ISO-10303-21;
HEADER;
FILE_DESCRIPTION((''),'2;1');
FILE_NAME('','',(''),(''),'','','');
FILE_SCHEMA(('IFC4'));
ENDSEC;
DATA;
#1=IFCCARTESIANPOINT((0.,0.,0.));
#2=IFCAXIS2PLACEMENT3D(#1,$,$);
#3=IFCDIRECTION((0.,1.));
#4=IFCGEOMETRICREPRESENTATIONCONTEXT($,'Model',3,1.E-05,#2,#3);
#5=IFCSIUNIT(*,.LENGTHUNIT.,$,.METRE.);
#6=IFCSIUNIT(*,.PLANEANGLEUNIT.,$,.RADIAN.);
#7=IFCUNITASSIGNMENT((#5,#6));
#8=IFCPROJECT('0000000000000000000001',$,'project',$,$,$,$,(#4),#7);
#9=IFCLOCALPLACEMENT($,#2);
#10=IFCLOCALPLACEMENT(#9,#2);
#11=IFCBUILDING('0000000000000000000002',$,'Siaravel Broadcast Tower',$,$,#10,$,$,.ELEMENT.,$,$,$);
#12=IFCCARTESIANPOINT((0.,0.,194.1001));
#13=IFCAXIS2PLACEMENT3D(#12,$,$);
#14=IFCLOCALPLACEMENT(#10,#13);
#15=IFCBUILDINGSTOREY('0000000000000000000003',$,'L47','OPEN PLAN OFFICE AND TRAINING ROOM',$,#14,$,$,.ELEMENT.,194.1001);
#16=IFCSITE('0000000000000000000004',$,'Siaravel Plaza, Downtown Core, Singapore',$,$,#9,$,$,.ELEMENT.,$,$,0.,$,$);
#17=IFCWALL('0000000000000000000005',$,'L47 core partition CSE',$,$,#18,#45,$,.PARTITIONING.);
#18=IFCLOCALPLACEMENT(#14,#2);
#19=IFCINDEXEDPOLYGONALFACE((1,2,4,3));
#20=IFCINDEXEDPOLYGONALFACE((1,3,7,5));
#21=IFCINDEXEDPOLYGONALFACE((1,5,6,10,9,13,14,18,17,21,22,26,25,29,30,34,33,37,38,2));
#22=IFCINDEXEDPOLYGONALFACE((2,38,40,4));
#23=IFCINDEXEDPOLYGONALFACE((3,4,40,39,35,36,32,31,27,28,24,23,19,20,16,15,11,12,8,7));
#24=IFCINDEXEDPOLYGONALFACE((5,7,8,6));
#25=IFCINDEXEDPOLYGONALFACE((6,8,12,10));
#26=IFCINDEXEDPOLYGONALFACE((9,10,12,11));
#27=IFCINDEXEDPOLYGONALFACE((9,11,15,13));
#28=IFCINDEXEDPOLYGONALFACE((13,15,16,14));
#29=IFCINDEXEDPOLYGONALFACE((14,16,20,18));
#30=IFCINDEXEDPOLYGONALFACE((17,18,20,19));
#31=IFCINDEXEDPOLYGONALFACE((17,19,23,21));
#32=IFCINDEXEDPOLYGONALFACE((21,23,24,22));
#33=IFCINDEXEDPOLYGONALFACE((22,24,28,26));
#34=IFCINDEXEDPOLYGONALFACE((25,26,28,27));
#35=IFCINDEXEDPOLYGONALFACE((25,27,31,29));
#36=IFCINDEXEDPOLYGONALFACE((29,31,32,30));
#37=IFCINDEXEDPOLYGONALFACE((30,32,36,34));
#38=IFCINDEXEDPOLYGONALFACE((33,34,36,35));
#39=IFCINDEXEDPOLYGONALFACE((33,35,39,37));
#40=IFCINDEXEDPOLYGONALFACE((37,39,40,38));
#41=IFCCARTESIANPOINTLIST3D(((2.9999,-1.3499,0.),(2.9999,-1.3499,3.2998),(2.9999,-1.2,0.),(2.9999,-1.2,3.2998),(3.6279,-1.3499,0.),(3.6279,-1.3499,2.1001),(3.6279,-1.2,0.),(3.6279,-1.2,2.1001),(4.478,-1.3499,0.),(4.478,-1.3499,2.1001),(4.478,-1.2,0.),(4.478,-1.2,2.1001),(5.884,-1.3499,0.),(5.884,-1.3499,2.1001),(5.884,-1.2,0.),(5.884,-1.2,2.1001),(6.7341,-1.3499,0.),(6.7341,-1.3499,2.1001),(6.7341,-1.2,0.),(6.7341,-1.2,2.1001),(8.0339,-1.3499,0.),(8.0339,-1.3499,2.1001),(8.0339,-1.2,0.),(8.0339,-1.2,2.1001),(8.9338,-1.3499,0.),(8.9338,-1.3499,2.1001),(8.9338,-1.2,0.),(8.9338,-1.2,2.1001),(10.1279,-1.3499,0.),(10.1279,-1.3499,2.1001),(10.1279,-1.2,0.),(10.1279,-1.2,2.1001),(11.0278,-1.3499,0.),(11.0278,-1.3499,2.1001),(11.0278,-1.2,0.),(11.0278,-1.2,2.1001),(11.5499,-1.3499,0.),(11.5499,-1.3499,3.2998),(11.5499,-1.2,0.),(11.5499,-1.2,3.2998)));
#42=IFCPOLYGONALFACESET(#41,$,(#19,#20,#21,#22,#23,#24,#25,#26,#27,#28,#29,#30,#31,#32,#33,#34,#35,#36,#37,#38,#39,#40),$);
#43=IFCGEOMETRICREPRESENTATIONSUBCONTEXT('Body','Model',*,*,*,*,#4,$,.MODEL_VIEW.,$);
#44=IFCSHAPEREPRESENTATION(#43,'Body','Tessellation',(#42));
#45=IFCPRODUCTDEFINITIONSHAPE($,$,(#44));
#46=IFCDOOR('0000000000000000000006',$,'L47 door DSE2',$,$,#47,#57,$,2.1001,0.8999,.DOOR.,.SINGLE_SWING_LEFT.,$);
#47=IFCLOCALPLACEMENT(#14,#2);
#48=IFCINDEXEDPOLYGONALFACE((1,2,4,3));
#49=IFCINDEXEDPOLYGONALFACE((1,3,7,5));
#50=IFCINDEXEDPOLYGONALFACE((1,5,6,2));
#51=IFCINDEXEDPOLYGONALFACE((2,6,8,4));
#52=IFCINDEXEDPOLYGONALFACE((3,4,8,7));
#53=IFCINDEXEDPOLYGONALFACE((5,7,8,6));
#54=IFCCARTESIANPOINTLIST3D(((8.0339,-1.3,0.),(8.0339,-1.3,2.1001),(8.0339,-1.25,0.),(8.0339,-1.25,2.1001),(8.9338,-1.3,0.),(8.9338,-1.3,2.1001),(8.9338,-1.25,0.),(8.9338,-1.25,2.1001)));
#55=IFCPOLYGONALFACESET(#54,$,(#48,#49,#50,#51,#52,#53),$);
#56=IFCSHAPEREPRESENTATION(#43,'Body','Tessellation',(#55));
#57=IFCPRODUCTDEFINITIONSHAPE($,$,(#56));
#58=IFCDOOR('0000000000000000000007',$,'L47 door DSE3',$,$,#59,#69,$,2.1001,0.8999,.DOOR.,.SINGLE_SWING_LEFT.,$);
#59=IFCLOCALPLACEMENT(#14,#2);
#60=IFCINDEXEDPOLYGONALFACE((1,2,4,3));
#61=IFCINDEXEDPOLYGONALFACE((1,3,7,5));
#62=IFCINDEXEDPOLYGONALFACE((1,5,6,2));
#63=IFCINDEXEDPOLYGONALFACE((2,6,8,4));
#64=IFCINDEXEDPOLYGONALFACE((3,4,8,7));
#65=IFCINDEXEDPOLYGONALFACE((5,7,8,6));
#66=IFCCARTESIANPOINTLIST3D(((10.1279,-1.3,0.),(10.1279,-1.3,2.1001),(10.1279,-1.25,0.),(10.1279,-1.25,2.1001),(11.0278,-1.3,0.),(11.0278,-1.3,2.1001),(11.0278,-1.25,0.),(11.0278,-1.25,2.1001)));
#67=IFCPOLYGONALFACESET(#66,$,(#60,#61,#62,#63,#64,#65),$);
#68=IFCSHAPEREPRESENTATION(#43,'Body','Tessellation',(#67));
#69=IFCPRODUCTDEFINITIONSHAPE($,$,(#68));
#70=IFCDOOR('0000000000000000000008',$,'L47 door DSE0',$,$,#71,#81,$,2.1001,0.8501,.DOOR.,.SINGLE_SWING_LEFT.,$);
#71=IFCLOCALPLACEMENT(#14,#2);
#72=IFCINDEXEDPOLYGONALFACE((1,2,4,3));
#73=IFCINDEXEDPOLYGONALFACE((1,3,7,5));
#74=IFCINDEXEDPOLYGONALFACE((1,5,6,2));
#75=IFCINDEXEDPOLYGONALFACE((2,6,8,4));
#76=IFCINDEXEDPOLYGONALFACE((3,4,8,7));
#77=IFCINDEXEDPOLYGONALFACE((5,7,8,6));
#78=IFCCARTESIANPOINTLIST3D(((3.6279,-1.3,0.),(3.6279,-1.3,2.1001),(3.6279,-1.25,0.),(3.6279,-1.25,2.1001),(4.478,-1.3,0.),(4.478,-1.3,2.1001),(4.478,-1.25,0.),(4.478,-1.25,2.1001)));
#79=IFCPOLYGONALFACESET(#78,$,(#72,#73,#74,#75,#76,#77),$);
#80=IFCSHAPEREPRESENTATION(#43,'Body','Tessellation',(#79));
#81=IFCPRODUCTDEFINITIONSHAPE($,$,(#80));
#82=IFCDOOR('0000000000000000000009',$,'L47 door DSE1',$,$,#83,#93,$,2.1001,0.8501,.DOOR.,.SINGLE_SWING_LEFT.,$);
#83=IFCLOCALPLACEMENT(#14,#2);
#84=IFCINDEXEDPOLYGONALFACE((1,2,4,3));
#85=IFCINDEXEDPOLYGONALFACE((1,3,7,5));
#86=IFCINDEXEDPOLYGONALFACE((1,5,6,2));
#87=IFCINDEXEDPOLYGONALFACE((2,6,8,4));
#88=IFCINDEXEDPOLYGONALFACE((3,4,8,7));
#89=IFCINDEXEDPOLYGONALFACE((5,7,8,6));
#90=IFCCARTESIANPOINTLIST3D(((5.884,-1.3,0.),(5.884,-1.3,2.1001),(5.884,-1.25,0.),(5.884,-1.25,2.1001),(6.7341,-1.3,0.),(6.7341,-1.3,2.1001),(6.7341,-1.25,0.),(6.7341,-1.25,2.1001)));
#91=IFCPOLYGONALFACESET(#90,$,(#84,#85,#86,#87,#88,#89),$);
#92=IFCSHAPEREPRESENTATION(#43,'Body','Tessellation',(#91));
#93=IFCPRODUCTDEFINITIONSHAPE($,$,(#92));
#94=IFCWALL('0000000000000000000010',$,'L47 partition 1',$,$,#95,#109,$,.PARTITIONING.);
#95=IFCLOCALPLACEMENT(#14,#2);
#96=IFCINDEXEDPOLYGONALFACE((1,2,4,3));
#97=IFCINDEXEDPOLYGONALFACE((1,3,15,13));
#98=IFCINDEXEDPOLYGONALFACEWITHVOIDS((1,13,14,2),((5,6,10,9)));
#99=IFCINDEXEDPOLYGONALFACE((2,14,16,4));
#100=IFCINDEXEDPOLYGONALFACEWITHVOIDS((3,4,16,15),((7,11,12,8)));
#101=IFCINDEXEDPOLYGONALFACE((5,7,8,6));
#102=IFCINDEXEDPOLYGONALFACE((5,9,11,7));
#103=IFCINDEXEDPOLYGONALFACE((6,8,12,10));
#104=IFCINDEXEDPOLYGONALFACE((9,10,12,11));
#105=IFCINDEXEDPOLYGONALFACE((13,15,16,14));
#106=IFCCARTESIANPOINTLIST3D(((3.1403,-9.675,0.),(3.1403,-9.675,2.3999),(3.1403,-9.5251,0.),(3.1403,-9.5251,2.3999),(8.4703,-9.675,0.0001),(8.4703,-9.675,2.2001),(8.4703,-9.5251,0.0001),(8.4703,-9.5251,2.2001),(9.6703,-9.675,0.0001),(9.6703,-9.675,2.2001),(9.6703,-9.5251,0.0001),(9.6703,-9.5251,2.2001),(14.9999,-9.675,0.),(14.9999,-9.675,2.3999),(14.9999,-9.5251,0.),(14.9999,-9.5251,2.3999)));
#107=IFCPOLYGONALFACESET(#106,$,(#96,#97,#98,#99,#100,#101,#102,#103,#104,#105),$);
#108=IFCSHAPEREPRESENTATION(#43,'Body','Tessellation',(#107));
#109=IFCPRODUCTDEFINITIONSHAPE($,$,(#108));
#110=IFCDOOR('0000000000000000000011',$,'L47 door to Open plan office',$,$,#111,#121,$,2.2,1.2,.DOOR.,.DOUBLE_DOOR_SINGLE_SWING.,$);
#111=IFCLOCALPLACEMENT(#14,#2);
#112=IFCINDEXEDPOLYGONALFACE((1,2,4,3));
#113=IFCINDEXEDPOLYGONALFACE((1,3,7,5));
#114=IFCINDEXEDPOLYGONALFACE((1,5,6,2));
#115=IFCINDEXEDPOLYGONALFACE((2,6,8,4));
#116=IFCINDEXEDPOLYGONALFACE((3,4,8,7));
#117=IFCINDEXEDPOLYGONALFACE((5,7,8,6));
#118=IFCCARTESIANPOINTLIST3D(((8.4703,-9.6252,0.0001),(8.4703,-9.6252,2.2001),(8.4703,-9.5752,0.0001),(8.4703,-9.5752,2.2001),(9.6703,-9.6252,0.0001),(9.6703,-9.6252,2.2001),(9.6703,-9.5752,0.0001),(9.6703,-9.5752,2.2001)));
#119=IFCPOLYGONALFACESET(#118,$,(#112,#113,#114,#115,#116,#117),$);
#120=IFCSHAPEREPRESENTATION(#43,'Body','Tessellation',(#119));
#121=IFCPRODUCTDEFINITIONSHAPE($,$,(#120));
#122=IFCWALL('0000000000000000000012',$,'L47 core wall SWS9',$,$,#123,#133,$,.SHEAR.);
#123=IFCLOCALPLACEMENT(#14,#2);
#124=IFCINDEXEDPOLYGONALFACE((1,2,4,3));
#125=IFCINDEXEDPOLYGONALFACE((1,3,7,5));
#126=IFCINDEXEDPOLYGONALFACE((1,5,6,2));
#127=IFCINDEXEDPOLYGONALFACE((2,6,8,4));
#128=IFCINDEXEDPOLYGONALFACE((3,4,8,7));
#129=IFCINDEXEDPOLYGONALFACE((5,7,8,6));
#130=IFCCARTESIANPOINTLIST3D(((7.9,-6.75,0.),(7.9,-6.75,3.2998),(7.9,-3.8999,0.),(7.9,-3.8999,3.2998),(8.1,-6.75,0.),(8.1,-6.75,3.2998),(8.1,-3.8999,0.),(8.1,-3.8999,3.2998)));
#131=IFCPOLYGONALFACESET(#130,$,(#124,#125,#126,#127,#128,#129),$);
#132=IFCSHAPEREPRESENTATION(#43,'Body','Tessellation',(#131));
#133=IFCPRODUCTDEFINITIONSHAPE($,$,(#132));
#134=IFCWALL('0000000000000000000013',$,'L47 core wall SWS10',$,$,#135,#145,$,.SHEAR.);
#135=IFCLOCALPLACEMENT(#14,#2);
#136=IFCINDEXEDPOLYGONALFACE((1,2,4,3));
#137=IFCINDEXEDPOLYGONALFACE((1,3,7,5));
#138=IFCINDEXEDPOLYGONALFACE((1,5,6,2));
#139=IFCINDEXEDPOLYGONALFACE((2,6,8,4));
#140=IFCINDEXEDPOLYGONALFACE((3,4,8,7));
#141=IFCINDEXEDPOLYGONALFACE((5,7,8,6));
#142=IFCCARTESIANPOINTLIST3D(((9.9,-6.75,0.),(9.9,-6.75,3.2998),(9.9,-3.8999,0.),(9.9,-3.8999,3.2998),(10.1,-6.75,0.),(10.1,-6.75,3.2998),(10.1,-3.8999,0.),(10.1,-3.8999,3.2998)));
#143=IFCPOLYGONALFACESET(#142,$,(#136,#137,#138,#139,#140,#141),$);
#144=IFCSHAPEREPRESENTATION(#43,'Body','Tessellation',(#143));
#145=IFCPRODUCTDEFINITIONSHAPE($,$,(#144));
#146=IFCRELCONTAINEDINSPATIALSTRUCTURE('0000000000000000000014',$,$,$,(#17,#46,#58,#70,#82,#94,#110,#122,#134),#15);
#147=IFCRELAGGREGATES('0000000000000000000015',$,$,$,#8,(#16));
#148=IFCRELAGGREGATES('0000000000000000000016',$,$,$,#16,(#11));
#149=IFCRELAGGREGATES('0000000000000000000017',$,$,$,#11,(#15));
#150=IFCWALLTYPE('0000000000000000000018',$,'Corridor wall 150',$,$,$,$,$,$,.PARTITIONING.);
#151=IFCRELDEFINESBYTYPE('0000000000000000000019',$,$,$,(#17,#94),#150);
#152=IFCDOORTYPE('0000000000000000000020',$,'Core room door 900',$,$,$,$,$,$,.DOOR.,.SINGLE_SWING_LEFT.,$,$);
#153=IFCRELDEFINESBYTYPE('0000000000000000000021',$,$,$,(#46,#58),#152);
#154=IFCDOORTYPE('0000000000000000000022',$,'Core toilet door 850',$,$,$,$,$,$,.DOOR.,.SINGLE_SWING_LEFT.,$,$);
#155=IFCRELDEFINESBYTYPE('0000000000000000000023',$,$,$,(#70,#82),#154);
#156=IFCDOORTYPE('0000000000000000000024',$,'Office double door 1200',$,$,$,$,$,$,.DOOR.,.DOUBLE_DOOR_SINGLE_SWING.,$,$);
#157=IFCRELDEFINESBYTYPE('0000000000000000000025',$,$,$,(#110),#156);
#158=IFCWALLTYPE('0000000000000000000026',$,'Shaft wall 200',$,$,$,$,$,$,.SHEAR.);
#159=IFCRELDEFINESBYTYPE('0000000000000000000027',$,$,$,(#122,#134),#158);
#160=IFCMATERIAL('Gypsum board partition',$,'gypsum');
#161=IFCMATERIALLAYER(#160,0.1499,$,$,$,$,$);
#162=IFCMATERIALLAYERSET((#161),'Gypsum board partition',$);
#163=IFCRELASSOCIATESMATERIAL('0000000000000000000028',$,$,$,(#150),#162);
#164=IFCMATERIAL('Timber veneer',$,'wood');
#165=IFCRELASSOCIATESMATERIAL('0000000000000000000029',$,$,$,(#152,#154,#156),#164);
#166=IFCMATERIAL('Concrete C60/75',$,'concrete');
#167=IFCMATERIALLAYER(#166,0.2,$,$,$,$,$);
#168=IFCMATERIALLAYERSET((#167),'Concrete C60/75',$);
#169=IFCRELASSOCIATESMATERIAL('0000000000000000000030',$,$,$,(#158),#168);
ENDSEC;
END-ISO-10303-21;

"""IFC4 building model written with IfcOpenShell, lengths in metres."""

from ifc_helpers import new_model, si_unit, direction, frame, frame_2d, origin, place, context, subcontext, project, spatial, rectangle, extrude, material, layer, layer_set, type_object, element, fill, save


model = new_model("IFC4")

# Units and contexts
model_context = context("Model", 3, precision=1e-05, world=origin(), true_north=direction((0.0, 1.0)))
body_context = subcontext(model_context, "Body", "Model", "MODEL_VIEW")
ifc_project = project(units=[si_unit("LENGTHUNIT", "METRE"), si_unit("PLANEANGLEUNIT", "RADIAN")], contexts=[model_context])

# Site, building, storey
site_placement = place(None, origin())
site = spatial("IfcSite", under=ifc_project, at=site_placement, Name="Siaravel Plaza, Downtown Core, Singapore", CompositionType="ELEMENT", RefElevation=0.0)
building_placement = place(site_placement, origin())
building = spatial("IfcBuilding", under=site, at=building_placement, Name="Siaravel Broadcast Tower", CompositionType="ELEMENT")
storey_placement = place(building_placement, frame((0.0, 0.0, 194.1001)))
storey = spatial("IfcBuildingStorey", under=building, at=storey_placement, Name="L47", Description="OPEN PLAN OFFICE AND TRAINING ROOM", CompositionType="ELEMENT", Elevation=194.1001)

# Shared definitions
ifc_material_1 = material(Name="Concrete C60/75", Category="concrete")

# Wall, openings, doors
ifc_material_2 = material(Name="Gypsum board partition", Category="gypsum")
ifc_layer_1 = layer(ifc_material_2, 0.1499)
ifc_layer_set_1 = layer_set([ifc_layer_1], Name="Gypsum board partition")
wall_type_1 = type_object("IfcWallType", Name="Corridor wall 150", PredefinedType="PARTITIONING", material=ifc_layer_set_1)
wall_1_placement = place(storey_placement, frame((3.0, -1.2749, 0.0), z_axis=(0.0, 0.0, 1.0), x_axis=(1.0, 0.0, 0.0)))
wall_1 = element("IfcWall", 1, at=wall_1_placement, inside=storey, type_object=wall_type_1, Name="L47 core partition CSE", PredefinedType="PARTITIONING", context=body_context, shape_type="SweptSolid", body=[
    extrude(rectangle(XDim=8.55, YDim=0.1499, at=frame_2d((4.2749, 0.0))), origin(), (0.0, 0.0, 1.0), 3.2998),
])
opening_1_placement = place(wall_1_placement, frame((0.6279, 0.0, 0.0)))
opening_1 = element("IfcOpeningElement", 2, at=opening_1_placement, cuts=wall_1, PredefinedType="OPENING", context=body_context, shape_type="SweptSolid", body=[
    extrude(rectangle(XDim=0.8501, YDim=2.1001, at=frame_2d((0.425, 1.05))), frame((0.0, 0.085, 0.0), z_axis=(0.0, -1.0, 0.0), x_axis=(1.0, 0.0, 0.0)), (0.0, 0.0, 1.0), 0.1699),
])
opening_2_placement = place(wall_1_placement, frame((2.884, 0.0, 0.0)))
opening_2 = element("IfcOpeningElement", 3, at=opening_2_placement, cuts=wall_1, PredefinedType="OPENING", context=body_context, shape_type="SweptSolid", body=[
    extrude(rectangle(XDim=0.8501, YDim=2.1001, at=frame_2d((0.425, 1.05))), frame((0.0, 0.085, 0.0), z_axis=(0.0, -1.0, 0.0), x_axis=(1.0, 0.0, 0.0)), (0.0, 0.0, 1.0), 0.1699),
])
opening_3_placement = place(wall_1_placement, frame((5.0339, 0.0, 0.0)))
opening_3 = element("IfcOpeningElement", 4, at=opening_3_placement, cuts=wall_1, PredefinedType="OPENING", context=body_context, shape_type="SweptSolid", body=[
    extrude(rectangle(XDim=0.8999, YDim=2.1001, at=frame_2d((0.45, 1.05))), frame((0.0, 0.085, 0.0), z_axis=(0.0, -1.0, 0.0), x_axis=(1.0, 0.0, 0.0)), (0.0, 0.0, 1.0), 0.1699),
])
opening_4_placement = place(wall_1_placement, frame((7.1279, 0.0, 0.0)))
opening_4 = element("IfcOpeningElement", 5, at=opening_4_placement, cuts=wall_1, PredefinedType="OPENING", context=body_context, shape_type="SweptSolid", body=[
    extrude(rectangle(XDim=0.8999, YDim=2.1001, at=frame_2d((0.45, 1.05))), frame((0.0, 0.085, 0.0), z_axis=(0.0, -1.0, 0.0), x_axis=(1.0, 0.0, 0.0)), (0.0, 0.0, 1.0), 0.1699),
])
ifc_material_3 = material(Name="Timber veneer", Category="wood")
door_type_1 = type_object("IfcDoorType", Name="Core room door 900", OperationType="SINGLE_SWING_LEFT", PredefinedType="DOOR", material=ifc_material_3)
door_1_placement = place(opening_3_placement, origin())
door_1 = element("IfcDoor", 6, at=door_1_placement, inside=storey, type_object=door_type_1, Name="L47 door DSE2", OperationType="SINGLE_SWING_LEFT", OverallHeight=2.1001, OverallWidth=0.8999, PredefinedType="DOOR", context=body_context, shape_type="SweptSolid", body=[
    extrude(rectangle(XDim=0.8999, YDim=2.1001, at=frame_2d((0.45, 1.05))), frame((0.0, 0.0249, 0.0), z_axis=(0.0, -1.0, 0.0), x_axis=(1.0, 0.0, 0.0)), (0.0, 0.0, 1.0), 0.05),
])
fill(opening_3, door_1)
door_2_placement = place(opening_4_placement, origin())
door_2 = element("IfcDoor", 7, at=door_2_placement, inside=storey, type_object=door_type_1, Name="L47 door DSE3", OperationType="SINGLE_SWING_LEFT", OverallHeight=2.1001, OverallWidth=0.8999, PredefinedType="DOOR", context=body_context, shape_type="SweptSolid", body=[
    extrude(rectangle(XDim=0.8999, YDim=2.1001, at=frame_2d((0.45, 1.05))), frame((0.0, 0.0249, 0.0), z_axis=(0.0, -1.0, 0.0), x_axis=(1.0, 0.0, 0.0)), (0.0, 0.0, 1.0), 0.05),
])
fill(opening_4, door_2)
door_type_2 = type_object("IfcDoorType", Name="Core toilet door 850", OperationType="SINGLE_SWING_LEFT", PredefinedType="DOOR", material=ifc_material_3)
door_3_placement = place(opening_1_placement, origin())
door_3 = element("IfcDoor", 8, at=door_3_placement, inside=storey, type_object=door_type_2, Name="L47 door DSE0", OperationType="SINGLE_SWING_LEFT", OverallHeight=2.1001, OverallWidth=0.8501, PredefinedType="DOOR", context=body_context, shape_type="SweptSolid", body=[
    extrude(rectangle(XDim=0.8501, YDim=2.1001, at=frame_2d((0.425, 1.05))), frame((0.0, 0.0249, 0.0), z_axis=(0.0, -1.0, 0.0), x_axis=(1.0, 0.0, 0.0)), (0.0, 0.0, 1.0), 0.05),
])
fill(opening_1, door_3)
door_4_placement = place(opening_2_placement, origin())
door_4 = element("IfcDoor", 9, at=door_4_placement, inside=storey, type_object=door_type_2, Name="L47 door DSE1", OperationType="SINGLE_SWING_LEFT", OverallHeight=2.1001, OverallWidth=0.8501, PredefinedType="DOOR", context=body_context, shape_type="SweptSolid", body=[
    extrude(rectangle(XDim=0.8501, YDim=2.1001, at=frame_2d((0.425, 1.05))), frame((0.0, 0.0249, 0.0), z_axis=(0.0, -1.0, 0.0), x_axis=(1.0, 0.0, 0.0)), (0.0, 0.0, 1.0), 0.05),
])
fill(opening_2, door_4)

# Wall, opening, door
wall_2_placement = place(storey_placement, frame((3.1404, -9.6001, 0.0), z_axis=(0.0, 0.0, 1.0), x_axis=(1.0, 0.0, 0.0)))
wall_2 = element("IfcWall", 10, at=wall_2_placement, inside=storey, type_object=wall_type_1, Name="L47 partition 1", PredefinedType="PARTITIONING", context=body_context, shape_type="SweptSolid", body=[
    extrude(rectangle(XDim=11.8596, YDim=0.1499, at=frame_2d((5.9297, 0.0))), origin(), (0.0, 0.0, 1.0), 2.3999),
])
opening_5_placement = place(wall_2_placement, frame((5.3298, 0.0, 0.0)))
opening_5 = element("IfcOpeningElement", 11, at=opening_5_placement, cuts=wall_2, PredefinedType="OPENING", context=body_context, shape_type="SweptSolid", body=[
    extrude(rectangle(XDim=1.2, YDim=2.2, at=frame_2d((0.6001, 1.1001))), frame((0.0, 0.085, 0.0), z_axis=(0.0, -1.0, 0.0), x_axis=(1.0, 0.0, 0.0)), (0.0, 0.0, 1.0), 0.1699),
])
door_type_3 = type_object("IfcDoorType", Name="Office double door 1200", OperationType="DOUBLE_DOOR_SINGLE_SWING", PredefinedType="DOOR", material=ifc_material_3)
door_5_placement = place(opening_5_placement, origin())
door_5 = element("IfcDoor", 12, at=door_5_placement, inside=storey, type_object=door_type_3, Name="L47 door to Open plan office", OperationType="DOUBLE_DOOR_SINGLE_SWING", OverallHeight=2.2, OverallWidth=1.2, PredefinedType="DOOR", context=body_context, shape_type="SweptSolid", body=[
    extrude(rectangle(XDim=1.2, YDim=2.2, at=frame_2d((0.6001, 1.1001))), frame((0.0, 0.0249, 0.0), z_axis=(0.0, -1.0, 0.0), x_axis=(1.0, 0.0, 0.0)), (0.0, 0.0, 1.0), 0.05),
])
fill(opening_5, door_5)

# Walls
ifc_layer_2 = layer(ifc_material_1, 0.2)
ifc_layer_set_2 = layer_set([ifc_layer_2], Name="Concrete C60/75")
wall_type_2 = type_object("IfcWallType", Name="Shaft wall 200", PredefinedType="SHEAR", material=ifc_layer_set_2)
for number, where, z_axis, x_axis, name in (
    (13, (8.0, -6.75, 0.0), (0.0, 0.0, 1.0), (0.0, 1.0, 0.0), "L47 core wall SWS9"),
    (14, (10.0, -6.75, 0.0), (0.0, 0.0, 1.0), (0.0, 1.0, 0.0), "L47 core wall SWS10"),
):
    element("IfcWall", number, at=place(storey_placement, frame(where, z_axis=z_axis, x_axis=x_axis)), inside=storey, type_object=wall_type_2, Name=name, PredefinedType="SHEAR", context=body_context, shape_type="SweptSolid", body=[
        extrude(rectangle(XDim=2.8501, YDim=0.2, at=frame_2d((1.425, 0.0))), origin(), (0.0, 0.0, 1.0), 3.2998),
    ])

save(model, "model.ifc")
